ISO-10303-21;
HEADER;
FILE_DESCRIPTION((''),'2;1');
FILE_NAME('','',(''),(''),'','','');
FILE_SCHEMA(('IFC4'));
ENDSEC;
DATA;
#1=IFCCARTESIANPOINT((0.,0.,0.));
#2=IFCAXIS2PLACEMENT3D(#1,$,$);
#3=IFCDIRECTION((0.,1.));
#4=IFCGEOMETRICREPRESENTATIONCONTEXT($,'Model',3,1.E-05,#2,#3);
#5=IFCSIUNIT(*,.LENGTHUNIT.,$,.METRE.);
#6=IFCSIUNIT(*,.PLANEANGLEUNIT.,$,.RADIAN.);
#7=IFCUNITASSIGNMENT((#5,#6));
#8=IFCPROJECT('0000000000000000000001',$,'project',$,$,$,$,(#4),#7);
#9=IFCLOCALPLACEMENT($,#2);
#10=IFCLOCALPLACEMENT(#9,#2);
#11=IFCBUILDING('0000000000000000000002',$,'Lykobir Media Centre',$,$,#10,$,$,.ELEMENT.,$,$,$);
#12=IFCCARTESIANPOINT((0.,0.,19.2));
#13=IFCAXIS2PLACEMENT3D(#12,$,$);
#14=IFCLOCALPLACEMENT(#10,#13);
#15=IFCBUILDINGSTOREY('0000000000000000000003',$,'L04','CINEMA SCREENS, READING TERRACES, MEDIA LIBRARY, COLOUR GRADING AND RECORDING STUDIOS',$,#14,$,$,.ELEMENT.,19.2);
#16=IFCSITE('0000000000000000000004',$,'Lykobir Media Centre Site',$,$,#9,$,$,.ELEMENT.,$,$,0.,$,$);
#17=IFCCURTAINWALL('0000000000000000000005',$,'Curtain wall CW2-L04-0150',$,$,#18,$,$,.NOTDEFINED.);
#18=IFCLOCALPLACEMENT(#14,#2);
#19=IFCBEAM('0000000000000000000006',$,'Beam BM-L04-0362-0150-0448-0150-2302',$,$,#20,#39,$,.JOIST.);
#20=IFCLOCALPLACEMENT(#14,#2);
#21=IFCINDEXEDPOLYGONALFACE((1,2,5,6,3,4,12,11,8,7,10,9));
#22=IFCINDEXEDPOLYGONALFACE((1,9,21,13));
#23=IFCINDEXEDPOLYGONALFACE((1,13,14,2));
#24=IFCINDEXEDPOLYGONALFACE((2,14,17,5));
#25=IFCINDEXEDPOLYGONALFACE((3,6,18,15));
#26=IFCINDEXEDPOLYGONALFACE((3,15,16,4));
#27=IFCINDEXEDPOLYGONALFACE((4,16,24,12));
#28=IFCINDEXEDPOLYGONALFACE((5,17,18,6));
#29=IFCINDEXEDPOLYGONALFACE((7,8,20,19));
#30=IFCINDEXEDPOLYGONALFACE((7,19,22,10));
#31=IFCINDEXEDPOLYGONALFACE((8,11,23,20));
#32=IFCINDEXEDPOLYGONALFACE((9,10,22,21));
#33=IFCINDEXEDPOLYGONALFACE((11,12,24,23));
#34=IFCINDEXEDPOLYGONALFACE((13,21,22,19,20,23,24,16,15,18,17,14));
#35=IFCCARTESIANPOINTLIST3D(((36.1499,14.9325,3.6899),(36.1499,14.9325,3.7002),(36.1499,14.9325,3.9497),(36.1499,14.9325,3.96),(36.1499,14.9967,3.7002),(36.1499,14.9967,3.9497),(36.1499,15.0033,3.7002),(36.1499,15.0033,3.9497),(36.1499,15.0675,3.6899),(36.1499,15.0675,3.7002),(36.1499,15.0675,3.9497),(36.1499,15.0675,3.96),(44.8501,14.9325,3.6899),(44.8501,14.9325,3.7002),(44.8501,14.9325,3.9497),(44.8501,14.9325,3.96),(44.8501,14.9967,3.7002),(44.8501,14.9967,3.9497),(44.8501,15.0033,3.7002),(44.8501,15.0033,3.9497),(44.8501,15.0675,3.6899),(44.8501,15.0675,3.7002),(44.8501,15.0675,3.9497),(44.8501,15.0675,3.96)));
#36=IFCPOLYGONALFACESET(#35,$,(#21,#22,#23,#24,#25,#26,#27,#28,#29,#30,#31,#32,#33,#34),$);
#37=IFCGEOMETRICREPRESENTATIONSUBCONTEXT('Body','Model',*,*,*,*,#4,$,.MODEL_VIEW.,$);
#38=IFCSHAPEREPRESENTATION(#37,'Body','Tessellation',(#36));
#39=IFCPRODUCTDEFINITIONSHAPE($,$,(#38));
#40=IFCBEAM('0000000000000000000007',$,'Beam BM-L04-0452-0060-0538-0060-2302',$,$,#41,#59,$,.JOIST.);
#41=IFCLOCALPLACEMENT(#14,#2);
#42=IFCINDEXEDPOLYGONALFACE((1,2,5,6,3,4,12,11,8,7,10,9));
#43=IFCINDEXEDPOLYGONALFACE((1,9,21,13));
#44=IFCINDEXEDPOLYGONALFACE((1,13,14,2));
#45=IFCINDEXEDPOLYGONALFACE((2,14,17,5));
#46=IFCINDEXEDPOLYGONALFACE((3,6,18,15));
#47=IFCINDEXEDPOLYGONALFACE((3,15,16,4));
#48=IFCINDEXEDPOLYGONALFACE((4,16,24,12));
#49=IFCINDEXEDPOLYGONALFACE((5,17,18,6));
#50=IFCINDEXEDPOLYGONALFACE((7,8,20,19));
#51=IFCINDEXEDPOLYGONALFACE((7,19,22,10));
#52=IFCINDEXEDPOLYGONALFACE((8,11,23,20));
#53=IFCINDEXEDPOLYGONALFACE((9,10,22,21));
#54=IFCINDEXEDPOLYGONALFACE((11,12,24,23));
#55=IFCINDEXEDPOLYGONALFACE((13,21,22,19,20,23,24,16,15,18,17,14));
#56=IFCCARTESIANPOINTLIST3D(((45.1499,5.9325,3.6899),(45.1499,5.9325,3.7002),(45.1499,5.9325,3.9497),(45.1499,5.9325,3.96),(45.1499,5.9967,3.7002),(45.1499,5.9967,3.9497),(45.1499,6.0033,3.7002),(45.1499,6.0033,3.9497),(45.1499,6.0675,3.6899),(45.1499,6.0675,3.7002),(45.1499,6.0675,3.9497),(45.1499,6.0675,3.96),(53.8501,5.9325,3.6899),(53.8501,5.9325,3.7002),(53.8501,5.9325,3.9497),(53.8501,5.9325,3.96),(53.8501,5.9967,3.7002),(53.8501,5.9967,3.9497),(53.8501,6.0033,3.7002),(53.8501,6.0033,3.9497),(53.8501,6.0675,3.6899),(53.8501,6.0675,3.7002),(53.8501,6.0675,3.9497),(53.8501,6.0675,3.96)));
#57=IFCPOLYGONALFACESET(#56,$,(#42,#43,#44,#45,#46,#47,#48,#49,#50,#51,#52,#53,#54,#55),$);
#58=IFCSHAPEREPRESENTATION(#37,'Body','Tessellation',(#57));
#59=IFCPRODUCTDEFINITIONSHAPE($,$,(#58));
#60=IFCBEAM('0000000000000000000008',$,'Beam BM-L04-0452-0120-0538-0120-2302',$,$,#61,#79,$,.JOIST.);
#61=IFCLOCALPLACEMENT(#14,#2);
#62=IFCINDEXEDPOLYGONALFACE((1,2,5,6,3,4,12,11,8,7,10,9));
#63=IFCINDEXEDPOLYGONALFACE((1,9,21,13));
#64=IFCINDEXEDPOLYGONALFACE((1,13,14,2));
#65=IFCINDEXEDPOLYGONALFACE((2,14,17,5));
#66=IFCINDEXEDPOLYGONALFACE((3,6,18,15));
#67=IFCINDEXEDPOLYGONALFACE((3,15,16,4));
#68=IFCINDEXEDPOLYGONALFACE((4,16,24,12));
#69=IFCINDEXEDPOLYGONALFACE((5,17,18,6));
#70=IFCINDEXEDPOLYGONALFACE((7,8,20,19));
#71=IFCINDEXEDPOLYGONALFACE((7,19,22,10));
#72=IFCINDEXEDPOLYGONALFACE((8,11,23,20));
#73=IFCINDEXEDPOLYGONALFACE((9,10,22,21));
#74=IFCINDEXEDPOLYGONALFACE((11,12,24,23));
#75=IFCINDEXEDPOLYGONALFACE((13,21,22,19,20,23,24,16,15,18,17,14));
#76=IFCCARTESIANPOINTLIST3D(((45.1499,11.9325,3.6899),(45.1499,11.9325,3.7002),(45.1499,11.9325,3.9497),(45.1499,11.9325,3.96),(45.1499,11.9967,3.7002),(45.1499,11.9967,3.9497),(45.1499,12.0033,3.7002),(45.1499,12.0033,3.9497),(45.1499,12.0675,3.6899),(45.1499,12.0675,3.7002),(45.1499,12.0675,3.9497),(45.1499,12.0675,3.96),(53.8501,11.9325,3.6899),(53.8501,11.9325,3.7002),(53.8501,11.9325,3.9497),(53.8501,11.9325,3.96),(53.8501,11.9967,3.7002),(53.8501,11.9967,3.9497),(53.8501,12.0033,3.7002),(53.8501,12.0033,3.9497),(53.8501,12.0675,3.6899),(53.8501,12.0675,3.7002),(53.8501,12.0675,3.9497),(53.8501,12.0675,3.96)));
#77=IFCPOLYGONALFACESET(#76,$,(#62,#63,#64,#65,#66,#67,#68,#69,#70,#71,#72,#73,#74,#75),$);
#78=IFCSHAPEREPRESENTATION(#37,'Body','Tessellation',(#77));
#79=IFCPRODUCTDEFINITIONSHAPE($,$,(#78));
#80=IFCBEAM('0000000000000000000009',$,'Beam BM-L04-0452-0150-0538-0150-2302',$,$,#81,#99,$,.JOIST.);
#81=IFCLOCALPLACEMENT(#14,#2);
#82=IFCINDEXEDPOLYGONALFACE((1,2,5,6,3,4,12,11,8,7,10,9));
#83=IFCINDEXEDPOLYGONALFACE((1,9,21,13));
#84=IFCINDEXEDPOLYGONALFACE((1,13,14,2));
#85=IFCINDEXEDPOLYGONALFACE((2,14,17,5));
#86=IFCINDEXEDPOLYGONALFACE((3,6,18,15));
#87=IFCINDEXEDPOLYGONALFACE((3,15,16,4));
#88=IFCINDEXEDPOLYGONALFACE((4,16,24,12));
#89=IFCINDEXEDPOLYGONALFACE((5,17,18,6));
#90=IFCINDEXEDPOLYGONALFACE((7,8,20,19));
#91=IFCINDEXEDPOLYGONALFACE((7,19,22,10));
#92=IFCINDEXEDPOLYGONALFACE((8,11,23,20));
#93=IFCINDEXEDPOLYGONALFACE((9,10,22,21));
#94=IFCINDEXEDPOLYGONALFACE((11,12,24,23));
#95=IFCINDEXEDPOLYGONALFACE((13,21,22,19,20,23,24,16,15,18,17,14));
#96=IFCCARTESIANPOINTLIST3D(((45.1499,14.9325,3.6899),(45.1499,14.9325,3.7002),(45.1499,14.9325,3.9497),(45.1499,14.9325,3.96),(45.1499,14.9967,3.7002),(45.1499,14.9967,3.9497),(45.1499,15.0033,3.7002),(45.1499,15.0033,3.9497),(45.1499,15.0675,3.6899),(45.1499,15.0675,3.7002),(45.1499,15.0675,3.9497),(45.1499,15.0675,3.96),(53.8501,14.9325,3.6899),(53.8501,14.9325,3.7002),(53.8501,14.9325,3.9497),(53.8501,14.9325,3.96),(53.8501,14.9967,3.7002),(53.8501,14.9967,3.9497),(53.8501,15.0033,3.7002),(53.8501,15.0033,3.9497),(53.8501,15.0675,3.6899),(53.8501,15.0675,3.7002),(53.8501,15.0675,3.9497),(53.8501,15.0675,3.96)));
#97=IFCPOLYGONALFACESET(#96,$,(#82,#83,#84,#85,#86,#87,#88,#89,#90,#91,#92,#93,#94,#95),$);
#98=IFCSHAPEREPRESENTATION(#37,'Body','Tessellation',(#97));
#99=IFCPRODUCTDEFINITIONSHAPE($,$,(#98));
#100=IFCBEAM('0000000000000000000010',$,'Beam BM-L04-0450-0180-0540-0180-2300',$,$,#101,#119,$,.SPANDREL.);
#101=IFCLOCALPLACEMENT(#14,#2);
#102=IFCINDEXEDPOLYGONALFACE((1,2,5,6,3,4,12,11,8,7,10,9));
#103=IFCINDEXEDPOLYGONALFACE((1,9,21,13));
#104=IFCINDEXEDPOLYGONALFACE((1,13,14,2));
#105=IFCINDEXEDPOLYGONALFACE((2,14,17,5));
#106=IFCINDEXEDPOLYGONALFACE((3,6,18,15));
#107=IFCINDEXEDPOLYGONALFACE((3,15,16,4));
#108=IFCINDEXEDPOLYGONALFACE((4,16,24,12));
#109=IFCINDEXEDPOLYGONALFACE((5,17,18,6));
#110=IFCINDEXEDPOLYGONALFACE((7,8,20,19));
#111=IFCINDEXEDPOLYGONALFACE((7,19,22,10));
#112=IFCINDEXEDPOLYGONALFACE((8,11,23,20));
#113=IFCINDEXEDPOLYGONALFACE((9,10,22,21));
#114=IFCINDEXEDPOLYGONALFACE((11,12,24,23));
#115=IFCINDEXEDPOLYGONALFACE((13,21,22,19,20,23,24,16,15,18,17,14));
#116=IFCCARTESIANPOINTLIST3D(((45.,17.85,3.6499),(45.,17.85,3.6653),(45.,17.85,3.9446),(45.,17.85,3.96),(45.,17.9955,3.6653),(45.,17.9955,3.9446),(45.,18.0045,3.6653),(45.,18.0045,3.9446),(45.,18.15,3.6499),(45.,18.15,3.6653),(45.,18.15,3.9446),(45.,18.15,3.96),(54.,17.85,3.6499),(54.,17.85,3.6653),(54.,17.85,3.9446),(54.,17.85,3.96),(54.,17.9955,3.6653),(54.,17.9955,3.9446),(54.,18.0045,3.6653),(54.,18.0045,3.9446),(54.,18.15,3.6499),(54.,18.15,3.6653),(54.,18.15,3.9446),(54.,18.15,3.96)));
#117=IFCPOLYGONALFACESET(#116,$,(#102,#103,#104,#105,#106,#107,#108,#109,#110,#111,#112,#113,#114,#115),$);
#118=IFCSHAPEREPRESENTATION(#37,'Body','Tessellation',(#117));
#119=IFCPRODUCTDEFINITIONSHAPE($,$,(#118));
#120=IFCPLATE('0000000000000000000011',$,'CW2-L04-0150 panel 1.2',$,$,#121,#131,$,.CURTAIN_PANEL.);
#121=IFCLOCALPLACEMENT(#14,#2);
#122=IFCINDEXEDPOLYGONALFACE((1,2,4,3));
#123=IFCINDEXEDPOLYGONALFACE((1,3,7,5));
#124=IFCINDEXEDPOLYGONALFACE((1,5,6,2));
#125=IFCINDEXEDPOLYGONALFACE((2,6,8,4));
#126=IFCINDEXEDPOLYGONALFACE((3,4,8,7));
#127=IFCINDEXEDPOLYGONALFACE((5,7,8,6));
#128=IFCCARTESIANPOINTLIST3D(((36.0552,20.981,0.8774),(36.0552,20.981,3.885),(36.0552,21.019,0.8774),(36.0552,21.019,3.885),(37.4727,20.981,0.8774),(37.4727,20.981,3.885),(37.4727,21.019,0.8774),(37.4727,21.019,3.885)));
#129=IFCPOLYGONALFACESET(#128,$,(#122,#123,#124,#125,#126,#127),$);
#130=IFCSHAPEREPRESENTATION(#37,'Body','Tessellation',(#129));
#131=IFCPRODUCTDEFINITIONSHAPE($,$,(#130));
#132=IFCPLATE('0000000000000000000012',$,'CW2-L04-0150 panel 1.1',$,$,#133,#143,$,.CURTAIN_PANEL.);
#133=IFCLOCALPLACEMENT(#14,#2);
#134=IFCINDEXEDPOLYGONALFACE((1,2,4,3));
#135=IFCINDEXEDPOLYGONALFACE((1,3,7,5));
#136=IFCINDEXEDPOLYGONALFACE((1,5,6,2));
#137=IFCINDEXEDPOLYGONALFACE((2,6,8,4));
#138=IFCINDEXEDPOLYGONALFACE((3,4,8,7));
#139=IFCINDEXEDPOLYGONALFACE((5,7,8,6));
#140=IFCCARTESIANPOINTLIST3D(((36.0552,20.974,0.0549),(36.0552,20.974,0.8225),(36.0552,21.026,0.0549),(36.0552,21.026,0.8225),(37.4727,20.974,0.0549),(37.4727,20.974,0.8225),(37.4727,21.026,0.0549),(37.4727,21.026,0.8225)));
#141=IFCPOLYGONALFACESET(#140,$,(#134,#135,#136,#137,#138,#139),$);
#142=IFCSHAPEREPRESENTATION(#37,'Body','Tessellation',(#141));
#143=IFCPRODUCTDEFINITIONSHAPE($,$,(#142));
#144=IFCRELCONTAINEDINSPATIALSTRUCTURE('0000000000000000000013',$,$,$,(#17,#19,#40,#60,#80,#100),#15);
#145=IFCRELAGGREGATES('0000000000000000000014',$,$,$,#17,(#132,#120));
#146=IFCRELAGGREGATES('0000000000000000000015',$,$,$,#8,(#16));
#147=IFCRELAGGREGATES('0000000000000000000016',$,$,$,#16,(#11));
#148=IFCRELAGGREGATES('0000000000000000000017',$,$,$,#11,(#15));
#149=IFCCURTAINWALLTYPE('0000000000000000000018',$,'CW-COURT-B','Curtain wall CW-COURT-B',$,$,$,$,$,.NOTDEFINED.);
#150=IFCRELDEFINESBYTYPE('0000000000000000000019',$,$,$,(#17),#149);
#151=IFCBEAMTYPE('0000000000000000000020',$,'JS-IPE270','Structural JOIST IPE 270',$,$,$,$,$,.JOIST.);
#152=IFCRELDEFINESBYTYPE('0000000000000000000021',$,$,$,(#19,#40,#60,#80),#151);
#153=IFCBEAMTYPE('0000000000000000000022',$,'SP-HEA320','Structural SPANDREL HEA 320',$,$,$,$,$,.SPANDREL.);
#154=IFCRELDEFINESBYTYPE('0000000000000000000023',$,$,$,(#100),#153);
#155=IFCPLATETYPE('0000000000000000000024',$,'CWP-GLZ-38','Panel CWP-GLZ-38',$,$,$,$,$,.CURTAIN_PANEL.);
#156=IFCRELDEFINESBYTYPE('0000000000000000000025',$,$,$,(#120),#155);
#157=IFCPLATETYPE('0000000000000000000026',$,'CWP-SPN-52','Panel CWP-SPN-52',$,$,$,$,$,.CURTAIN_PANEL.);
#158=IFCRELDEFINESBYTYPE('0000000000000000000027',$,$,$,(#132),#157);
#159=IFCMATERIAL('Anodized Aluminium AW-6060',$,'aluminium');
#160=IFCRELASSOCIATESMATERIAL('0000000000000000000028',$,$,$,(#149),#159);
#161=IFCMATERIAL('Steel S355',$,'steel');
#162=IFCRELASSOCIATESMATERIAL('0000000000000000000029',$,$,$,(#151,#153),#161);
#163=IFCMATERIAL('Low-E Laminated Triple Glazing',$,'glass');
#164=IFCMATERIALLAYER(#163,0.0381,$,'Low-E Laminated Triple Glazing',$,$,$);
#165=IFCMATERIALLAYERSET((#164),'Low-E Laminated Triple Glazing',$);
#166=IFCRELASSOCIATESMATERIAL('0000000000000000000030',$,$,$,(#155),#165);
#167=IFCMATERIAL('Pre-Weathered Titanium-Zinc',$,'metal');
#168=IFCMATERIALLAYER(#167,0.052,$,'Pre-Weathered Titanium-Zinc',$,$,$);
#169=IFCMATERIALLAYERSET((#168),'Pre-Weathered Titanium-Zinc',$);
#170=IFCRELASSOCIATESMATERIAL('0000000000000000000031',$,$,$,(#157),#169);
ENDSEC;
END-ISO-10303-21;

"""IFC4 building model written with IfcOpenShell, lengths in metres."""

from ifc_helpers import new_model, si_unit, direction, frame, origin, origin_2d, place, context, subcontext, project, spatial, rectangle, i_section, extrude, material, layer, layer_set, material_profile, profile_set, type_object, element, aggregate, save


model = new_model("IFC4")

# Units and contexts
model_context = context("Model", 3, precision=1e-05, world=origin(), true_north=direction((0.0, 1.0)))
body_context = subcontext(model_context, "Body", "Model", "MODEL_VIEW")
ifc_project = project(units=[si_unit("LENGTHUNIT", "METRE"), si_unit("PLANEANGLEUNIT", "RADIAN")], contexts=[model_context])

# Site, building, storey
site_placement = place(None, origin())
site = spatial("IfcSite", under=ifc_project, at=site_placement, Name="Lykobir Media Centre Site", CompositionType="ELEMENT", RefElevation=0.0)
building_placement = place(site_placement, origin())
building = spatial("IfcBuilding", under=site, at=building_placement, Name="Lykobir Media Centre", CompositionType="ELEMENT")
storey_placement = place(building_placement, frame((0.0, 0.0, 19.2)))
storey = spatial("IfcBuildingStorey", under=building, at=storey_placement, Name="L04", Description="CINEMA SCREENS, READING TERRACES, MEDIA LIBRARY, COLOUR GRADING AND RECORDING STUDIOS", CompositionType="ELEMENT", Elevation=19.2)

# Shared definitions
ifc_material_1 = material(Name="Steel S355", Category="steel")

# Curtain wall
ifc_material_2 = material(Name="Anodized Aluminium AW-6060", Category="aluminium")
curtain_wall_type = type_object("IfcCurtainWallType", Name="CW-COURT-B", Description="Curtain wall CW-COURT-B", PredefinedType="NOTDEFINED", material=ifc_material_2)
curtain_wall_placement = place(storey_placement, origin())
curtain_wall = element("IfcCurtainWall", 1, at=curtain_wall_placement, inside=storey, type_object=curtain_wall_type, Name="Curtain wall CW2-L04-0150", PredefinedType="NOTDEFINED")

# Beams
ifc_material_profile_1 = material_profile(ifc_material_1, i_section(OverallWidth=0.135, OverallDepth=0.27, WebThickness=0.0066, FlangeThickness=0.0103, at=origin_2d()), Name="IPE 270")
ifc_profile_set_1 = profile_set([ifc_material_profile_1], Name="Steel S355")
beam_type_1 = type_object("IfcBeamType", Name="JS-IPE270", Description="Structural JOIST IPE 270", PredefinedType="JOIST", material=ifc_profile_set_1)
for number, where, z_axis, x_axis, name in (
    (2, (36.1499, 15.0, 3.825), (1.0, 0.0, 0.0), (0.0, 1.0, 0.0), "Beam BM-L04-0362-0150-0448-0150-2302"),
    (3, (45.1499, 6.0, 3.825), (1.0, 0.0, 0.0), (0.0, 1.0, 0.0), "Beam BM-L04-0452-0060-0538-0060-2302"),
    (4, (45.1499, 12.0, 3.825), (1.0, 0.0, 0.0), (0.0, 1.0, 0.0), "Beam BM-L04-0452-0120-0538-0120-2302"),
    (5, (45.1499, 15.0, 3.825), (1.0, 0.0, 0.0), (0.0, 1.0, 0.0), "Beam BM-L04-0452-0150-0538-0150-2302"),
):
    element("IfcBeam", number, at=place(storey_placement, frame(where, z_axis=z_axis, x_axis=x_axis)), inside=storey, type_object=beam_type_1, Name=name, PredefinedType="JOIST", context=body_context, shape_type="SweptSolid", body=[
        extrude(i_section(OverallWidth=0.135, OverallDepth=0.27, WebThickness=0.0066, FlangeThickness=0.0103, at=origin_2d()), origin(), (0.0, 0.0, 1.0), 8.7002),
    ])
ifc_material_profile_2 = material_profile(ifc_material_1, i_section(OverallWidth=0.3, OverallDepth=0.3101, WebThickness=0.009, FlangeThickness=0.0154, at=origin_2d()), Name="HEA 320")
ifc_profile_set_2 = profile_set([ifc_material_profile_2], Name="Steel S355")
beam_type_2 = type_object("IfcBeamType", Name="SP-HEA320", Description="Structural SPANDREL HEA 320", PredefinedType="SPANDREL", material=ifc_profile_set_2)
beam_1_placement = place(storey_placement, frame((45.0, 18.0, 3.8049), z_axis=(1.0, 0.0, 0.0), x_axis=(0.0, 1.0, 0.0)))
element("IfcBeam", 6, at=beam_1_placement, inside=storey, type_object=beam_type_2, Name="Beam BM-L04-0450-0180-0540-0180-2300", PredefinedType="SPANDREL", context=body_context, shape_type="SweptSolid", body=[
    extrude(i_section(OverallWidth=0.3, OverallDepth=0.3101, WebThickness=0.009, FlangeThickness=0.0154, at=origin_2d()), origin(), (0.0, 0.0, 1.0), 9.0),
])

# Plates
ifc_material_3 = material(Name="Low-E Laminated Triple Glazing", Category="glass")
ifc_layer_1 = layer(ifc_material_3, 0.0381, Name="Low-E Laminated Triple Glazing")
ifc_layer_set_1 = layer_set([ifc_layer_1], Name="Low-E Laminated Triple Glazing")
plate_type_1 = type_object("IfcPlateType", Name="CWP-GLZ-38", Description="Panel CWP-GLZ-38", PredefinedType="CURTAIN_PANEL", material=ifc_layer_set_1)
plate_1_placement = place(storey_placement, frame((36.7639, 21.0, 0.8774), z_axis=(0.0, 0.0, 1.0), x_axis=(1.0, 0.0, 0.0)))
plate_1 = element("IfcPlate", 7, at=plate_1_placement, type_object=plate_type_1, Name="CW2-L04-0150 panel 1.2", PredefinedType="CURTAIN_PANEL", context=body_context, shape_type="SweptSolid", body=[
    extrude(rectangle(XDim=1.4175, YDim=0.0381, at=origin_2d()), origin(), (0.0, 0.0, 1.0), 3.0076),
])
ifc_material_4 = material(Name="Pre-Weathered Titanium-Zinc", Category="metal")
ifc_layer_2 = layer(ifc_material_4, 0.052, Name="Pre-Weathered Titanium-Zinc")
ifc_layer_set_2 = layer_set([ifc_layer_2], Name="Pre-Weathered Titanium-Zinc")
plate_type_2 = type_object("IfcPlateType", Name="CWP-SPN-52", Description="Panel CWP-SPN-52", PredefinedType="CURTAIN_PANEL", material=ifc_layer_set_2)
plate_2_placement = place(storey_placement, frame((36.7639, 21.0, 0.0549), z_axis=(0.0, 0.0, 1.0), x_axis=(1.0, 0.0, 0.0)))
plate_2 = element("IfcPlate", 8, at=plate_2_placement, type_object=plate_type_2, Name="CW2-L04-0150 panel 1.1", PredefinedType="CURTAIN_PANEL", context=body_context, shape_type="SweptSolid", body=[
    extrude(rectangle(XDim=1.4175, YDim=0.052, at=origin_2d()), origin(), (0.0, 0.0, 1.0), 0.7676),
])
aggregate(curtain_wall, [plate_2, plate_1])

save(model, "model.ifc")
